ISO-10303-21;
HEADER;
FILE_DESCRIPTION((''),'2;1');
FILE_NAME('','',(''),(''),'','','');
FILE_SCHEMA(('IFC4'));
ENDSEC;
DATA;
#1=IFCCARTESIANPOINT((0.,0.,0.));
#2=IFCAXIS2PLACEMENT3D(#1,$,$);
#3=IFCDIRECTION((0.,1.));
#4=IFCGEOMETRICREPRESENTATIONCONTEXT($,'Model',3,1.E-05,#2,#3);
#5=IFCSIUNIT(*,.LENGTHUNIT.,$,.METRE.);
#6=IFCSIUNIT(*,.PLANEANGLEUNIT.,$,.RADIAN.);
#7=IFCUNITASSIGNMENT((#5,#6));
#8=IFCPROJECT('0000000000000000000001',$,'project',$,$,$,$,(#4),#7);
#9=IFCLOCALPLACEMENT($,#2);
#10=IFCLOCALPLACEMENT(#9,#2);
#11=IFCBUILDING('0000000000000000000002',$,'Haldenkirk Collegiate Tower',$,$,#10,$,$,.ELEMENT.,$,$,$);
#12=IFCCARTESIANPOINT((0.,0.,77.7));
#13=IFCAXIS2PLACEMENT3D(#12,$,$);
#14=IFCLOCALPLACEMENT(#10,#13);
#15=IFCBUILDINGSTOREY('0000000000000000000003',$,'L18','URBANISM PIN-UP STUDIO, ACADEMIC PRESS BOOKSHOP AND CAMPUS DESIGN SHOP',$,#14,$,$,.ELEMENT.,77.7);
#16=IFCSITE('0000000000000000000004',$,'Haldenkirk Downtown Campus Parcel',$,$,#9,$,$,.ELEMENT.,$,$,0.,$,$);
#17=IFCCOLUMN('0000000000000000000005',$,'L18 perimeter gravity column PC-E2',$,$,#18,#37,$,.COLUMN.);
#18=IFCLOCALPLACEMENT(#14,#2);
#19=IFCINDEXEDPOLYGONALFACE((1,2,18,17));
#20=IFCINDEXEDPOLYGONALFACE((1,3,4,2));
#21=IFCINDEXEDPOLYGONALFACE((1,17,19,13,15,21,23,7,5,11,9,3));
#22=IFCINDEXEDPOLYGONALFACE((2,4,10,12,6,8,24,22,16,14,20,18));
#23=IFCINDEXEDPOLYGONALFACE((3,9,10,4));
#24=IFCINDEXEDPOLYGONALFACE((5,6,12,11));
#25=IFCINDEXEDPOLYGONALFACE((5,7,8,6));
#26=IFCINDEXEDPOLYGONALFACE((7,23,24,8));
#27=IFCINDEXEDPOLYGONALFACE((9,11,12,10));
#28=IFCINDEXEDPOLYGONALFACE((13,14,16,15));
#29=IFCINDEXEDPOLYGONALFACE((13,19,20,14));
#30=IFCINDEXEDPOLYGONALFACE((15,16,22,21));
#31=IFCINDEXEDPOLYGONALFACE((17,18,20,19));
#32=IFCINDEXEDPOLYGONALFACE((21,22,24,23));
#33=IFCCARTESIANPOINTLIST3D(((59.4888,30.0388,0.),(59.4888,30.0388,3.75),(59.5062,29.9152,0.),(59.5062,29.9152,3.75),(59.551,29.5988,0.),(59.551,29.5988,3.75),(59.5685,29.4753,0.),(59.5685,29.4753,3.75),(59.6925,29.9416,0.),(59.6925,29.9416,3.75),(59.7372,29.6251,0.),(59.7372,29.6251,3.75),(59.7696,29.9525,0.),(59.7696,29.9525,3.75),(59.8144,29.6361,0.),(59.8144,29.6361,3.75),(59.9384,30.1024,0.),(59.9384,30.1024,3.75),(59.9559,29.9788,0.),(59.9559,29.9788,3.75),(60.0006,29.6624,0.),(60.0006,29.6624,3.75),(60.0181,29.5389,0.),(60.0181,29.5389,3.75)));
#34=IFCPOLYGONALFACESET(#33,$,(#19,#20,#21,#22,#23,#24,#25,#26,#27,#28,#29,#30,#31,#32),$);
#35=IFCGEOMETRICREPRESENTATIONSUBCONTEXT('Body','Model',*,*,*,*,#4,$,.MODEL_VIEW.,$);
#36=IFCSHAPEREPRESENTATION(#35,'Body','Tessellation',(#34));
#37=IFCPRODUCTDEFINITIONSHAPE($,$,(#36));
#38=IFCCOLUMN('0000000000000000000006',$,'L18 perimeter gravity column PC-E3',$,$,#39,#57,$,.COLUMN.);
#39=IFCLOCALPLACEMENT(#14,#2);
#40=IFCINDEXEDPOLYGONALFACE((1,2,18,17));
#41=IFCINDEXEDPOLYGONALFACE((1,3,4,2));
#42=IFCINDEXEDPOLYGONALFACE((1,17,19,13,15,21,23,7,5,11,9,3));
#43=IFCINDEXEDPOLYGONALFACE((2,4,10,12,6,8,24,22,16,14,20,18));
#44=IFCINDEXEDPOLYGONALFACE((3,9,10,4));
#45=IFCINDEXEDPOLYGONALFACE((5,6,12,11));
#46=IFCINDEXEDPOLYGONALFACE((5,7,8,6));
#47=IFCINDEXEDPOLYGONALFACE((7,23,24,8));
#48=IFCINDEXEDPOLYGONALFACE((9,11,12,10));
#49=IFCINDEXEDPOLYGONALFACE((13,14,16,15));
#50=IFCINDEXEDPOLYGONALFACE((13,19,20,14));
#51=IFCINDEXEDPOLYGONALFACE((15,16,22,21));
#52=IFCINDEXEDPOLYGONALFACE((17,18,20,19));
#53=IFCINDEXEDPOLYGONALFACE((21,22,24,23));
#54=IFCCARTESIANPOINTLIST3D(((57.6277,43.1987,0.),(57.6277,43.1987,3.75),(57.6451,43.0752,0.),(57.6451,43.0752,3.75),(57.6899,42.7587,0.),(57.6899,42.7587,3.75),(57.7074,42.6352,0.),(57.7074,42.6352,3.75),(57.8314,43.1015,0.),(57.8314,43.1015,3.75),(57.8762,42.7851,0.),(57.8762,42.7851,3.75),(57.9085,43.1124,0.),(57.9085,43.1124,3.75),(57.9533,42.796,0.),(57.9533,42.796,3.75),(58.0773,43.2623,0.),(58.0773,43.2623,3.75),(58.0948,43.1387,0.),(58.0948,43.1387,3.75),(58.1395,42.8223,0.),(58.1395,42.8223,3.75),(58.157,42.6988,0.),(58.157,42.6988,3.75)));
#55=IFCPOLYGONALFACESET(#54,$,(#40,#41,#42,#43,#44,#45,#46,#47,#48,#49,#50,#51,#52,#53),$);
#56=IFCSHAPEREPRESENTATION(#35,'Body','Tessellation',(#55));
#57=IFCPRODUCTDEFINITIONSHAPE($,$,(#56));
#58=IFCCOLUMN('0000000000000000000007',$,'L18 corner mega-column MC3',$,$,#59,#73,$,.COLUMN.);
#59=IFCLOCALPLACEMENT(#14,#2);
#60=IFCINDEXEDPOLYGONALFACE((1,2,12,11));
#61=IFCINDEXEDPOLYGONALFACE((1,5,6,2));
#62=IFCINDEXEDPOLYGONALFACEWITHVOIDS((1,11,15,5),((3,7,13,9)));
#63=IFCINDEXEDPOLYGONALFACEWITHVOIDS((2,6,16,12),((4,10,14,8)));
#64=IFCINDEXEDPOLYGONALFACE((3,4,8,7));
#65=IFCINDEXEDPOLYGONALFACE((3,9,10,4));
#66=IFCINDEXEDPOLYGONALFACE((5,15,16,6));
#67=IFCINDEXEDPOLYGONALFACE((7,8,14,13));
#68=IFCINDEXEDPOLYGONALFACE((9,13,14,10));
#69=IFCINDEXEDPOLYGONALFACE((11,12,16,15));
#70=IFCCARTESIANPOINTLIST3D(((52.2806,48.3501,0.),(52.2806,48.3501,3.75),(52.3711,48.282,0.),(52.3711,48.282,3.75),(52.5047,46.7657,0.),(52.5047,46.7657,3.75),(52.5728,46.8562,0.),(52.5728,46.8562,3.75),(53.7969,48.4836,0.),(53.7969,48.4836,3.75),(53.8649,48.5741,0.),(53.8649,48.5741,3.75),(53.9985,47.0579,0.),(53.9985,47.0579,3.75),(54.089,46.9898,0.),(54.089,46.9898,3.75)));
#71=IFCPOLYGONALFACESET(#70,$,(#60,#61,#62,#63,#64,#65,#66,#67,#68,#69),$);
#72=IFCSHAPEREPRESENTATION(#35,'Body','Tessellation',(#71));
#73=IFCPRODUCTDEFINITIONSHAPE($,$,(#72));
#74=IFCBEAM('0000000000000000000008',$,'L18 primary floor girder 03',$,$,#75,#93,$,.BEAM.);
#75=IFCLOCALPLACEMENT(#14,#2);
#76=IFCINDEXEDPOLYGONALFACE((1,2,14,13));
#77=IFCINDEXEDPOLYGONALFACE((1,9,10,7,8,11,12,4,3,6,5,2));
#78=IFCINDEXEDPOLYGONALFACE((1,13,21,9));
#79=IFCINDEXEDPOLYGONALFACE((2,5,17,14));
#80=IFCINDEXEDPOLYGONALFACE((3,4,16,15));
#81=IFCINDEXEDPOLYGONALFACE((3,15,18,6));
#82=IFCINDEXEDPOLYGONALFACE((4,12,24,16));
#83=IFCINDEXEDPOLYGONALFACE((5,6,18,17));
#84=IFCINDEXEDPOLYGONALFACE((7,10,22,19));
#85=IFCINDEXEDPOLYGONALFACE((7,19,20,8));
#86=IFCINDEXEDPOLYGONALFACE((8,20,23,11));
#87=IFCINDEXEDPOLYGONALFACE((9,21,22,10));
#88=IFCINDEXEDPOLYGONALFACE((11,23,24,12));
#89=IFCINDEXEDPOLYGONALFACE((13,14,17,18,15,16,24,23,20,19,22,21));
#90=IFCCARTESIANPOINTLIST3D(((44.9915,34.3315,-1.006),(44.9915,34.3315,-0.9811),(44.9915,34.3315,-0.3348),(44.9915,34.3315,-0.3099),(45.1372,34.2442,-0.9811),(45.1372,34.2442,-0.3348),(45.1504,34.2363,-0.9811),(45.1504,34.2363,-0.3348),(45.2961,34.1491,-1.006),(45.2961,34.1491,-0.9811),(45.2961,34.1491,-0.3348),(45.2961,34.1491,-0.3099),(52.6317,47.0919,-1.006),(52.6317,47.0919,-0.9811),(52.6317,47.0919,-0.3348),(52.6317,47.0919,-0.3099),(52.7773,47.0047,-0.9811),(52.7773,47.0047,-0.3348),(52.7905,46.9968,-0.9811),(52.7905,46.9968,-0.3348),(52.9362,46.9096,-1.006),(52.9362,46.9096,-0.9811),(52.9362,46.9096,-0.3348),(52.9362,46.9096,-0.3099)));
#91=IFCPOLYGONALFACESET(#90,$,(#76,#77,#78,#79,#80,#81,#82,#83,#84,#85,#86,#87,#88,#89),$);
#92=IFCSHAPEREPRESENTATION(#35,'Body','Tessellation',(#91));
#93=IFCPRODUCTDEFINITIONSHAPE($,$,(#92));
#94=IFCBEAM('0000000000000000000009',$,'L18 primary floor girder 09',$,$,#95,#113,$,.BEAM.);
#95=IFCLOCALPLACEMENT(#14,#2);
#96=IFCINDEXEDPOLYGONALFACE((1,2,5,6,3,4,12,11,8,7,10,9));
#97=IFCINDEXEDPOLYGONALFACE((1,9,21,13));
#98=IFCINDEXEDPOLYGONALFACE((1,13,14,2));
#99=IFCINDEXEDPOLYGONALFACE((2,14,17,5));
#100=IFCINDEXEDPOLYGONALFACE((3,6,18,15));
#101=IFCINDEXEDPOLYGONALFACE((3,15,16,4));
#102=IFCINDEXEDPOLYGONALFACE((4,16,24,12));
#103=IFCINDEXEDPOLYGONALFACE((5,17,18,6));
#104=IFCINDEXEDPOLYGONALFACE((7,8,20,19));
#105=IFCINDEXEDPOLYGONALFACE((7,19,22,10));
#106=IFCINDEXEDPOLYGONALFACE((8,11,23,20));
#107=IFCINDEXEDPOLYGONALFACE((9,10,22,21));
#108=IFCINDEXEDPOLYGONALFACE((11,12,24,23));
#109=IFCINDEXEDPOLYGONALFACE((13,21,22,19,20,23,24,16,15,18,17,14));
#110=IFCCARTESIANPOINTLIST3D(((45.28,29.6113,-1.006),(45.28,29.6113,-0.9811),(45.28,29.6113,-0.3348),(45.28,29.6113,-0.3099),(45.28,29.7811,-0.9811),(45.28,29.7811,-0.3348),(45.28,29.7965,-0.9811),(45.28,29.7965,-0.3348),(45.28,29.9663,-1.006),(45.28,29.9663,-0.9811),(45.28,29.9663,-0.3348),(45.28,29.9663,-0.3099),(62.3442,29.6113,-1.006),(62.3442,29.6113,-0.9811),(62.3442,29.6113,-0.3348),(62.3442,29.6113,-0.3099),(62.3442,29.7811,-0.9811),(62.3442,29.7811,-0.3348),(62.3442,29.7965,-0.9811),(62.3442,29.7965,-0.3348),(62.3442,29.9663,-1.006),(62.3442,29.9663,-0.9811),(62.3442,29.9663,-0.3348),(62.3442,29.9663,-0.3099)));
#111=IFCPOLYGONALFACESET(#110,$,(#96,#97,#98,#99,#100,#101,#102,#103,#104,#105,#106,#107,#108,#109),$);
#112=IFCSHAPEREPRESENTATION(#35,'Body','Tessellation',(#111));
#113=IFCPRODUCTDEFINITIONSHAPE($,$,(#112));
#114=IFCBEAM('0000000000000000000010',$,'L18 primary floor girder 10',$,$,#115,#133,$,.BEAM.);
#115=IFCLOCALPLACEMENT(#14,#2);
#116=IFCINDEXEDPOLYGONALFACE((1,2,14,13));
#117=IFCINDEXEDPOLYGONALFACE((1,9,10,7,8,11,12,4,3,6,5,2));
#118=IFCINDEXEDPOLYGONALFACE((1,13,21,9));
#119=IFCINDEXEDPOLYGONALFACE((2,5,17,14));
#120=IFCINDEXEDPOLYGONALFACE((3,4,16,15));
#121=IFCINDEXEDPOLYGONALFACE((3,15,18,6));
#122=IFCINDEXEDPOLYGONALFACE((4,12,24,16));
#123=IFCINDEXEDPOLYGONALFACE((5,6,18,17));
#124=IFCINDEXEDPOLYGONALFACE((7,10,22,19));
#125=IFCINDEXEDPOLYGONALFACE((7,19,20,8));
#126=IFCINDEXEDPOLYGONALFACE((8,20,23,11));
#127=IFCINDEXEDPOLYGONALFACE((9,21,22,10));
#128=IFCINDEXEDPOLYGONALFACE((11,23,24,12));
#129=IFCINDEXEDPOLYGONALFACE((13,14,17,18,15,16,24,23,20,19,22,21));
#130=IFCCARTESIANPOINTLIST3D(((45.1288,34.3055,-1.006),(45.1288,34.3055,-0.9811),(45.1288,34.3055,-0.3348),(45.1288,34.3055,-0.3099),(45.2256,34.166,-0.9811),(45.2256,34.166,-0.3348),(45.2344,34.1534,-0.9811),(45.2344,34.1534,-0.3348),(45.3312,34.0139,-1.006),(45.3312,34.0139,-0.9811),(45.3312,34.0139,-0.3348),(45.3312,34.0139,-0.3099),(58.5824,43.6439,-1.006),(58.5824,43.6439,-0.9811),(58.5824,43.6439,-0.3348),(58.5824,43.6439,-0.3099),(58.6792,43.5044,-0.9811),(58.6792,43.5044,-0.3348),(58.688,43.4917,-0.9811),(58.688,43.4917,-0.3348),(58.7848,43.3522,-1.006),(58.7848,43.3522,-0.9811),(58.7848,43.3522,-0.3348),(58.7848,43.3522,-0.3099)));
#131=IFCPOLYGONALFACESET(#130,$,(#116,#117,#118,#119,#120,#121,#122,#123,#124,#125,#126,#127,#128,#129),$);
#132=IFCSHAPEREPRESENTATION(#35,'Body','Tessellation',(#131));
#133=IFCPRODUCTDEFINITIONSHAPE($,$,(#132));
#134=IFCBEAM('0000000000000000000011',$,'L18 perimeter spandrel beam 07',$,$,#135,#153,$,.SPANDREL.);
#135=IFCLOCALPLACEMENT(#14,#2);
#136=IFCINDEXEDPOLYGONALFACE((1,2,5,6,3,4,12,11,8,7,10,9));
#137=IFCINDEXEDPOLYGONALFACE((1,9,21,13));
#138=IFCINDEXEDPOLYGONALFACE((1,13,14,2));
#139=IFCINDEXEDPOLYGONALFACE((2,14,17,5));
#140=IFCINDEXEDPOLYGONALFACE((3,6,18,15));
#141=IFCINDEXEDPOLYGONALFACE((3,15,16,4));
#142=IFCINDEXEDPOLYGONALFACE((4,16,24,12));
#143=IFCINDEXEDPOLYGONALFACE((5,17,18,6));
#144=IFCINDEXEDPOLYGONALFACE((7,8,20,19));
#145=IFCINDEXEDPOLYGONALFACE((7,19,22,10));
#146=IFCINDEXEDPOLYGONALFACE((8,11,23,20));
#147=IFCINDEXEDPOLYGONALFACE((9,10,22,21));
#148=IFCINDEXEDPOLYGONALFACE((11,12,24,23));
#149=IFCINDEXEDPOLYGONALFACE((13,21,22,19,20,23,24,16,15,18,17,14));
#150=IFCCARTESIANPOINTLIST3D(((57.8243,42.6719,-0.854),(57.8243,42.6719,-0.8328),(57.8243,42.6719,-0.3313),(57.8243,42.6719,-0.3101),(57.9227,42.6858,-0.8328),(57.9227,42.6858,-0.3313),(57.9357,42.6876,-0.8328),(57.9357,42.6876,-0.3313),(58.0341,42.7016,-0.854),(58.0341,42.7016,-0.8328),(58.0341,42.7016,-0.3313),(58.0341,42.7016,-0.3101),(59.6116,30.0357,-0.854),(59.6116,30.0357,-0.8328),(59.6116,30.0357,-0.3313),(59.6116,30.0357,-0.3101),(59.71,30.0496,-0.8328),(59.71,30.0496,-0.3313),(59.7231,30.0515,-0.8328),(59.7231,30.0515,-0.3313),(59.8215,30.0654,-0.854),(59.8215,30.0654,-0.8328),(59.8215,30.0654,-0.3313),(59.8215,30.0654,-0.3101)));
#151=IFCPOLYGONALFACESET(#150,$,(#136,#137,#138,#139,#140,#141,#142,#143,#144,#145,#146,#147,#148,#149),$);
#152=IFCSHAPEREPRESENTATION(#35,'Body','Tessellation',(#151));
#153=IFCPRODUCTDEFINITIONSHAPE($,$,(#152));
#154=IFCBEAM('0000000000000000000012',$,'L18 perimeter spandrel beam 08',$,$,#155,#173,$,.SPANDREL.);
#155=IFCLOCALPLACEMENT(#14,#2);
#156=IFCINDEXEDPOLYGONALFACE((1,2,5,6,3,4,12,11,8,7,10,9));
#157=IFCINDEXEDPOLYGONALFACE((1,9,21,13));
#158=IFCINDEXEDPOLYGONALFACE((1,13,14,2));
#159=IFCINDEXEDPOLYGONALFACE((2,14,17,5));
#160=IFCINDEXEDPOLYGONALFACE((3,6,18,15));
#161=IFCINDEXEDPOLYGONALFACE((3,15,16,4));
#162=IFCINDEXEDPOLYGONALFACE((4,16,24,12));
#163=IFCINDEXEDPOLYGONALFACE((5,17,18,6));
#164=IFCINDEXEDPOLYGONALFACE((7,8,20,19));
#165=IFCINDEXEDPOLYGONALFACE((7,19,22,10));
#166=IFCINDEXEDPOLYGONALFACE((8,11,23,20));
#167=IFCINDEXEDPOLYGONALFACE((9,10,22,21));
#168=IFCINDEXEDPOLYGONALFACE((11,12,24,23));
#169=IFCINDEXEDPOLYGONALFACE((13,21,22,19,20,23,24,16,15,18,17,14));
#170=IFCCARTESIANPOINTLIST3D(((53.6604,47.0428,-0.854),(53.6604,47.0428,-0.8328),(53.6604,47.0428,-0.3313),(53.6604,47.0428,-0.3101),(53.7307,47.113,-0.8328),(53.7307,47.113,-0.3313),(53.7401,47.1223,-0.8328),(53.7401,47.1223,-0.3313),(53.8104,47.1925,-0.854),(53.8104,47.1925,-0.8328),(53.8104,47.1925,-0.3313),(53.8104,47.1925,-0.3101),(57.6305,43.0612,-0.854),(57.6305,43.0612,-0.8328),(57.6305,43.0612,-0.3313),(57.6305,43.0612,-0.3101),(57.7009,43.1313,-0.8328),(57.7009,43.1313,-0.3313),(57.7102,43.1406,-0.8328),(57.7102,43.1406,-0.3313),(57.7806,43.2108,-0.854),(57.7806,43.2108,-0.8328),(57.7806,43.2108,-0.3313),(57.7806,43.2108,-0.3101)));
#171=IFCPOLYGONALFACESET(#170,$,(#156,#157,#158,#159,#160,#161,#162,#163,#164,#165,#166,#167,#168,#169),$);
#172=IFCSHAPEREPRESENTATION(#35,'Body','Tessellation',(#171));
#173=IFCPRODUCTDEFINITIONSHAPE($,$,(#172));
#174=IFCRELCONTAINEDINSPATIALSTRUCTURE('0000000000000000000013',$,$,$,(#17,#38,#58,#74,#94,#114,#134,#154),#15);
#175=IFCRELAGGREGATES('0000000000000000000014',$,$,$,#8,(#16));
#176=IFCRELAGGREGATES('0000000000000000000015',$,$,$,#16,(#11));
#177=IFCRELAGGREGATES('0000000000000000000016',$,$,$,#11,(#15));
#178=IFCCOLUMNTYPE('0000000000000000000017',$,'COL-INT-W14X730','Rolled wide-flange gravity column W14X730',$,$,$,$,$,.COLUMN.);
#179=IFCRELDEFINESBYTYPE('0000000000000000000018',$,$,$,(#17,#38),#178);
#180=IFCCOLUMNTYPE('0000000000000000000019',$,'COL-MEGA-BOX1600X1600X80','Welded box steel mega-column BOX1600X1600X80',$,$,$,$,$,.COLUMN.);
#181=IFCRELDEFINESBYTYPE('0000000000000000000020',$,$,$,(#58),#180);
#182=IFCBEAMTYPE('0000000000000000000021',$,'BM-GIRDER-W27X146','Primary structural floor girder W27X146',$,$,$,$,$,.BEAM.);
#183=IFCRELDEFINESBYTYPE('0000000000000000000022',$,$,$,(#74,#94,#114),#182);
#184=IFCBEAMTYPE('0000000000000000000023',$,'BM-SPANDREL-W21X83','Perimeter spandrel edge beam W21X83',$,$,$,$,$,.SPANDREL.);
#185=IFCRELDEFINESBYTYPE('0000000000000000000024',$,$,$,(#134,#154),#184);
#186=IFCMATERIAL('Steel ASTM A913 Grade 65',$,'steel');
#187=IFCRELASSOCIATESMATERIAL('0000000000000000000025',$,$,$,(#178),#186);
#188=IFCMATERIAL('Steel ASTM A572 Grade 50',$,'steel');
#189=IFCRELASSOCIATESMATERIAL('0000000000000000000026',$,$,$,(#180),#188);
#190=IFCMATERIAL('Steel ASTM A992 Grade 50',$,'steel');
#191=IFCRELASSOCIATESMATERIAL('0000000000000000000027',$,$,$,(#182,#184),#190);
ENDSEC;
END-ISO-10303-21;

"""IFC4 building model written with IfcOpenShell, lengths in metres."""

from ifc_helpers import new_model, si_unit, direction, frame, origin, origin_2d, place, context, subcontext, project, spatial, hollow_rectangle, i_section, extrude, material, material_profile, profile_set, type_object, element, save


model = new_model("IFC4")

# Units and contexts
model_context = context("Model", 3, precision=1e-05, world=origin(), true_north=direction((0.0, 1.0)))
body_context = subcontext(model_context, "Body", "Model", "MODEL_VIEW")
ifc_project = project(units=[si_unit("LENGTHUNIT", "METRE"), si_unit("PLANEANGLEUNIT", "RADIAN")], contexts=[model_context])

# Site, building, storey
site_placement = place(None, origin())
site = spatial("IfcSite", under=ifc_project, at=site_placement, Name="Haldenkirk Downtown Campus Parcel", CompositionType="ELEMENT", RefElevation=0.0)
building_placement = place(site_placement, origin())
building = spatial("IfcBuilding", under=site, at=building_placement, Name="Haldenkirk Collegiate Tower", CompositionType="ELEMENT")
storey_placement = place(building_placement, frame((0.0, 0.0, 77.7)))
storey = spatial("IfcBuildingStorey", under=building, at=storey_placement, Name="L18", Description="URBANISM PIN-UP STUDIO, ACADEMIC PRESS BOOKSHOP AND CAMPUS DESIGN SHOP", CompositionType="ELEMENT", Elevation=77.7)

# Columns
ifc_material_1 = material(Name="Steel ASTM A913 Grade 65", Category="steel")
ifc_material_profile_1 = material_profile(ifc_material_1, i_section(OverallWidth=0.4541, OverallDepth=0.5691, WebThickness=0.0779, FlangeThickness=0.1248, at=origin_2d()), Name="W14X730")
ifc_profile_set_1 = profile_set([ifc_material_profile_1], Name="Steel ASTM A913 Grade 65")
column_type_1 = type_object("IfcColumnType", Name="COL-INT-W14X730", Description="Rolled wide-flange gravity column W14X730", PredefinedType="COLUMN", material=ifc_profile_set_1)
for number, where, z_axis, x_axis, name in (
    (1, (59.7534, 29.7888, 0.0), (0.0, 0.0, 1.0), (0.990146, 0.140037, 0.0), "L18 perimeter gravity column PC-E2"),
    (2, (57.8923, 42.9487, 0.0), (0.0, 0.0, 1.0), (0.990146, 0.140037, 0.0), "L18 perimeter gravity column PC-E3"),
):
    element("IfcColumn", number, at=place(storey_placement, frame(where, z_axis=z_axis, x_axis=x_axis)), inside=storey, type_object=column_type_1, Name=name, PredefinedType="COLUMN", context=body_context, shape_type="SweptSolid", body=[
        extrude(i_section(OverallWidth=0.4541, OverallDepth=0.5691, WebThickness=0.0779, FlangeThickness=0.1248, at=origin_2d()), origin(), (0.0, 0.0, 1.0), 3.75),
    ])
ifc_material_2 = material(Name="Steel ASTM A572 Grade 50", Category="steel")
ifc_material_profile_2 = material_profile(ifc_material_2, hollow_rectangle(XDim=1.6001, YDim=1.6001, WallThickness=0.0801, at=origin_2d()), Name="BOX1600X1600X80")
ifc_profile_set_2 = profile_set([ifc_material_profile_2], Name="Steel ASTM A572 Grade 50")
column_type_2 = type_object("IfcColumnType", Name="COL-MEGA-BOX1600X1600X80", Description="Welded box steel mega-column BOX1600X1600X80", PredefinedType="COLUMN", material=ifc_profile_set_2)
column_placement = place(storey_placement, frame((53.1848, 47.6699, 0.0), z_axis=(0.0, 0.0, 1.0), x_axis=(0.990146, 0.140037, 0.0)))
element("IfcColumn", 3, at=column_placement, inside=storey, type_object=column_type_2, Name="L18 corner mega-column MC3", PredefinedType="COLUMN", context=body_context, shape_type="SweptSolid", body=[
    extrude(hollow_rectangle(XDim=1.6001, YDim=1.6001, WallThickness=0.0801, at=origin_2d()), origin(), (0.0, 0.0, 1.0), 3.75),
])

# Beams
ifc_material_3 = material(Name="Steel ASTM A992 Grade 50", Category="steel")
ifc_material_profile_3 = material_profile(ifc_material_3, i_section(OverallWidth=0.355, OverallDepth=0.696, WebThickness=0.0154, FlangeThickness=0.0249, at=origin_2d()), Name="W27X146")
ifc_profile_set_3 = profile_set([ifc_material_profile_3], Name="Steel ASTM A992 Grade 50")
beam_type_1 = type_object("IfcBeamType", Name="BM-GIRDER-W27X146", Description="Primary structural floor girder W27X146", PredefinedType="BEAM", material=ifc_profile_set_3)
beam_1_placement = place(storey_placement, frame((52.7839, 47.0007, -0.658), z_axis=(-0.513696, -0.857972, 0.0), x_axis=(0.857972, -0.513696, 0.0)))
element("IfcBeam", 4, at=beam_1_placement, inside=storey, type_object=beam_type_1, Name="L18 primary floor girder 03", PredefinedType="BEAM", context=body_context, shape_type="SweptSolid", body=[
    extrude(i_section(OverallWidth=0.355, OverallDepth=0.696, WebThickness=0.0154, FlangeThickness=0.0249, at=origin_2d()), origin(), (0.0, 0.0, 1.0), 14.8728),
])
beam_2_placement = place(storey_placement, frame((62.3442, 29.7888, -0.658), z_axis=(-1.0, 0.0, 0.0), x_axis=(0.0, -1.0, 0.0)))
element("IfcBeam", 5, at=beam_2_placement, inside=storey, type_object=beam_type_1, Name="L18 primary floor girder 09", PredefinedType="BEAM", context=body_context, shape_type="SweptSolid", body=[
    extrude(i_section(OverallWidth=0.355, OverallDepth=0.696, WebThickness=0.0154, FlangeThickness=0.0249, at=origin_2d()), origin(), (0.0, 0.0, 1.0), 17.0642),
])
beam_3_placement = place(storey_placement, frame((58.6836, 43.498, -0.658), z_axis=(-0.821496, -0.570214, 0.0), x_axis=(0.570214, -0.821496, 0.0)))
element("IfcBeam", 6, at=beam_3_placement, inside=storey, type_object=beam_type_1, Name="L18 primary floor girder 10", PredefinedType="BEAM", context=body_context, shape_type="SweptSolid", body=[
    extrude(i_section(OverallWidth=0.355, OverallDepth=0.696, WebThickness=0.0154, FlangeThickness=0.0249, at=origin_2d()), origin(), (0.0, 0.0, 1.0), 16.377),
])
ifc_material_profile_4 = material_profile(ifc_material_3, i_section(OverallWidth=0.2119, OverallDepth=0.5439, WebThickness=0.0132, FlangeThickness=0.0212, at=origin_2d()), Name="W21X83")
ifc_profile_set_4 = profile_set([ifc_material_profile_4], Name="Steel ASTM A992 Grade 50")
beam_type_2 = type_object("IfcBeamType", Name="BM-SPANDREL-W21X83", Description="Perimeter spandrel edge beam W21X83", PredefinedType="SPANDREL", material=ifc_profile_set_4)
beam_4_placement = place(storey_placement, frame((59.7166, 30.0505, -0.582), z_axis=(-0.140053, 0.990144, 0.0), x_axis=(-0.990144, -0.140053, 0.0)))
element("IfcBeam", 7, at=beam_4_placement, inside=storey, type_object=beam_type_2, Name="L18 perimeter spandrel beam 07", PredefinedType="SPANDREL", context=body_context, shape_type="SweptSolid", body=[
    extrude(i_section(OverallWidth=0.2119, OverallDepth=0.5439, WebThickness=0.0132, FlangeThickness=0.0212, at=origin_2d()), origin(), (0.0, 0.0, 1.0), 12.762),
])
beam_5_placement = place(storey_placement, frame((57.7056, 43.136, -0.582), z_axis=(-0.706086, 0.708126, 0.0), x_axis=(-0.708126, -0.706086, 0.0)))
element("IfcBeam", 8, at=beam_5_placement, inside=storey, type_object=beam_type_2, Name="L18 perimeter spandrel beam 08", PredefinedType="SPANDREL", context=body_context, shape_type="SweptSolid", body=[
    extrude(i_section(OverallWidth=0.2119, OverallDepth=0.5439, WebThickness=0.0132, FlangeThickness=0.0212, at=origin_2d()), origin(), (0.0, 0.0, 1.0), 5.6228),
])

save(model, "model.ifc")
